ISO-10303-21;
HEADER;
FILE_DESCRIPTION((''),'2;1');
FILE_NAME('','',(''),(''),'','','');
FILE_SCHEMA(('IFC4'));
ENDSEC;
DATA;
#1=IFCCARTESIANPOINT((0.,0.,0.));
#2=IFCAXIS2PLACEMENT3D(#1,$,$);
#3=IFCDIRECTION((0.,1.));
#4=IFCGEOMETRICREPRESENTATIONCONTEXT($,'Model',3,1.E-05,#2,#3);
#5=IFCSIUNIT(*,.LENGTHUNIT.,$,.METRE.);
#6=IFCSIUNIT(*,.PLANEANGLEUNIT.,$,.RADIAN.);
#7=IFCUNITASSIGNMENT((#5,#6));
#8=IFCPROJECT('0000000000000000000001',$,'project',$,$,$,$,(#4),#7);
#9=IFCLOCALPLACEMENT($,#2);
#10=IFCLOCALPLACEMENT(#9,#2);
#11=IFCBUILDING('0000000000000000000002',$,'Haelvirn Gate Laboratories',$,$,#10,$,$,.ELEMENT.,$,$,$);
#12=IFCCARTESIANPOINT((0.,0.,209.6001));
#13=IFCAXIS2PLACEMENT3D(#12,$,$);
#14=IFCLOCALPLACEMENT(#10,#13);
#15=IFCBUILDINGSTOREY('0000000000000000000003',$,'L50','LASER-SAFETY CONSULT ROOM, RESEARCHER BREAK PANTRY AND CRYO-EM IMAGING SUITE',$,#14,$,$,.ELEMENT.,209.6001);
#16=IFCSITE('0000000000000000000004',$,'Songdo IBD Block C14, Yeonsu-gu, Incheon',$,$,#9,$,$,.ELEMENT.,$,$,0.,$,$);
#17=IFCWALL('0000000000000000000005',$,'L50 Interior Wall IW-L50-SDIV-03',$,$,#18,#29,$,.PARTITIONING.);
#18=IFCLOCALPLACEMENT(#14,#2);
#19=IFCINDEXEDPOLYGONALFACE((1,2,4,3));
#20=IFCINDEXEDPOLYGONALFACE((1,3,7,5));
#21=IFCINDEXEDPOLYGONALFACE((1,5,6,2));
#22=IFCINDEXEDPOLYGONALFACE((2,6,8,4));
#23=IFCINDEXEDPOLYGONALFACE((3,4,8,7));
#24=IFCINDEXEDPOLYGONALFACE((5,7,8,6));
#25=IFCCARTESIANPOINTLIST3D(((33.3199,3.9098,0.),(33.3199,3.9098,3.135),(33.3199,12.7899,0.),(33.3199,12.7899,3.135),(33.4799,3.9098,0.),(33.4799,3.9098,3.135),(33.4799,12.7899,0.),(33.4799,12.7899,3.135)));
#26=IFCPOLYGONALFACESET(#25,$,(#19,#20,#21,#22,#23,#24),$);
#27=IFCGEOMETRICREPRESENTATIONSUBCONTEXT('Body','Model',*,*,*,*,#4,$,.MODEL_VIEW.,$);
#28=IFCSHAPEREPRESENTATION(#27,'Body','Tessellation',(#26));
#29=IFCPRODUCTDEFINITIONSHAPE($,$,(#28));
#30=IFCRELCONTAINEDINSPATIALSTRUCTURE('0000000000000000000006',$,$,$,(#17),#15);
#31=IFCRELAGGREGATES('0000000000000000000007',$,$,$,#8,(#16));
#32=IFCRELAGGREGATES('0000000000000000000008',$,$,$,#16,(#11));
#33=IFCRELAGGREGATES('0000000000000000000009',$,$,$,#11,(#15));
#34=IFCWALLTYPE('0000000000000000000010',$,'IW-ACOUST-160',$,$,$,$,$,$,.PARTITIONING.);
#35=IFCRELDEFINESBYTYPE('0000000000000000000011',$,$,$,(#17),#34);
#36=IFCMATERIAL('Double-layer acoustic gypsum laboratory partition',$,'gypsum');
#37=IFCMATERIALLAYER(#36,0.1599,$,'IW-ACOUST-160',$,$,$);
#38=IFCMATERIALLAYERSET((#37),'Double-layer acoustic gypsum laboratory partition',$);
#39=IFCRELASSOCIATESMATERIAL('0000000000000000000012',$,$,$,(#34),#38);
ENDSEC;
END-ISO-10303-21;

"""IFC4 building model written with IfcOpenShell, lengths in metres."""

from ifc_helpers import new_model, si_unit, direction, frame, frame_2d, origin, place, context, subcontext, project, spatial, rectangle, extrude, material, layer, layer_set, type_object, element, save


model = new_model("IFC4")

# Units and contexts
model_context = context("Model", 3, precision=1e-05, world=origin(), true_north=direction((0.0, 1.0)))
body_context = subcontext(model_context, "Body", "Model", "MODEL_VIEW")
ifc_project = project(units=[si_unit("LENGTHUNIT", "METRE"), si_unit("PLANEANGLEUNIT", "RADIAN")], contexts=[model_context])

# Site, building, storey
site_placement = place(None, origin())
site = spatial("IfcSite", under=ifc_project, at=site_placement, Name="Songdo IBD Block C14, Yeonsu-gu, Incheon", CompositionType="ELEMENT", RefElevation=0.0)
building_placement = place(site_placement, origin())
building = spatial("IfcBuilding", under=site, at=building_placement, Name="Haelvirn Gate Laboratories", CompositionType="ELEMENT")
storey_placement = place(building_placement, frame((0.0, 0.0, 209.6001)))
storey = spatial("IfcBuildingStorey", under=building, at=storey_placement, Name="L50", Description="LASER-SAFETY CONSULT ROOM, RESEARCHER BREAK PANTRY AND CRYO-EM IMAGING SUITE", CompositionType="ELEMENT", Elevation=209.6001)

# Wall
ifc_material_1 = material(Name="Double-layer acoustic gypsum laboratory partition", Category="gypsum")
ifc_layer_1 = layer(ifc_material_1, 0.1599, Name="IW-ACOUST-160")
ifc_layer_set_1 = layer_set([ifc_layer_1], Name="Double-layer acoustic gypsum laboratory partition")
wall_type_1 = type_object("IfcWallType", Name="IW-ACOUST-160", PredefinedType="PARTITIONING", material=ifc_layer_set_1)
wall_1_placement = place(storey_placement, frame((33.3999, 3.9099, 0.0), z_axis=(0.0, 0.0, 1.0), x_axis=(0.0, 1.0, 0.0)))
element("IfcWall", 1, at=wall_1_placement, inside=storey, type_object=wall_type_1, Name="L50 Interior Wall IW-L50-SDIV-03", PredefinedType="PARTITIONING", context=body_context, shape_type="SweptSolid", body=[
    extrude(rectangle(XDim=8.8801, YDim=0.1599, at=frame_2d((4.4399, 0.0))), origin(), (0.0, 0.0, 1.0), 3.135),
])

save(model, "model.ifc")
